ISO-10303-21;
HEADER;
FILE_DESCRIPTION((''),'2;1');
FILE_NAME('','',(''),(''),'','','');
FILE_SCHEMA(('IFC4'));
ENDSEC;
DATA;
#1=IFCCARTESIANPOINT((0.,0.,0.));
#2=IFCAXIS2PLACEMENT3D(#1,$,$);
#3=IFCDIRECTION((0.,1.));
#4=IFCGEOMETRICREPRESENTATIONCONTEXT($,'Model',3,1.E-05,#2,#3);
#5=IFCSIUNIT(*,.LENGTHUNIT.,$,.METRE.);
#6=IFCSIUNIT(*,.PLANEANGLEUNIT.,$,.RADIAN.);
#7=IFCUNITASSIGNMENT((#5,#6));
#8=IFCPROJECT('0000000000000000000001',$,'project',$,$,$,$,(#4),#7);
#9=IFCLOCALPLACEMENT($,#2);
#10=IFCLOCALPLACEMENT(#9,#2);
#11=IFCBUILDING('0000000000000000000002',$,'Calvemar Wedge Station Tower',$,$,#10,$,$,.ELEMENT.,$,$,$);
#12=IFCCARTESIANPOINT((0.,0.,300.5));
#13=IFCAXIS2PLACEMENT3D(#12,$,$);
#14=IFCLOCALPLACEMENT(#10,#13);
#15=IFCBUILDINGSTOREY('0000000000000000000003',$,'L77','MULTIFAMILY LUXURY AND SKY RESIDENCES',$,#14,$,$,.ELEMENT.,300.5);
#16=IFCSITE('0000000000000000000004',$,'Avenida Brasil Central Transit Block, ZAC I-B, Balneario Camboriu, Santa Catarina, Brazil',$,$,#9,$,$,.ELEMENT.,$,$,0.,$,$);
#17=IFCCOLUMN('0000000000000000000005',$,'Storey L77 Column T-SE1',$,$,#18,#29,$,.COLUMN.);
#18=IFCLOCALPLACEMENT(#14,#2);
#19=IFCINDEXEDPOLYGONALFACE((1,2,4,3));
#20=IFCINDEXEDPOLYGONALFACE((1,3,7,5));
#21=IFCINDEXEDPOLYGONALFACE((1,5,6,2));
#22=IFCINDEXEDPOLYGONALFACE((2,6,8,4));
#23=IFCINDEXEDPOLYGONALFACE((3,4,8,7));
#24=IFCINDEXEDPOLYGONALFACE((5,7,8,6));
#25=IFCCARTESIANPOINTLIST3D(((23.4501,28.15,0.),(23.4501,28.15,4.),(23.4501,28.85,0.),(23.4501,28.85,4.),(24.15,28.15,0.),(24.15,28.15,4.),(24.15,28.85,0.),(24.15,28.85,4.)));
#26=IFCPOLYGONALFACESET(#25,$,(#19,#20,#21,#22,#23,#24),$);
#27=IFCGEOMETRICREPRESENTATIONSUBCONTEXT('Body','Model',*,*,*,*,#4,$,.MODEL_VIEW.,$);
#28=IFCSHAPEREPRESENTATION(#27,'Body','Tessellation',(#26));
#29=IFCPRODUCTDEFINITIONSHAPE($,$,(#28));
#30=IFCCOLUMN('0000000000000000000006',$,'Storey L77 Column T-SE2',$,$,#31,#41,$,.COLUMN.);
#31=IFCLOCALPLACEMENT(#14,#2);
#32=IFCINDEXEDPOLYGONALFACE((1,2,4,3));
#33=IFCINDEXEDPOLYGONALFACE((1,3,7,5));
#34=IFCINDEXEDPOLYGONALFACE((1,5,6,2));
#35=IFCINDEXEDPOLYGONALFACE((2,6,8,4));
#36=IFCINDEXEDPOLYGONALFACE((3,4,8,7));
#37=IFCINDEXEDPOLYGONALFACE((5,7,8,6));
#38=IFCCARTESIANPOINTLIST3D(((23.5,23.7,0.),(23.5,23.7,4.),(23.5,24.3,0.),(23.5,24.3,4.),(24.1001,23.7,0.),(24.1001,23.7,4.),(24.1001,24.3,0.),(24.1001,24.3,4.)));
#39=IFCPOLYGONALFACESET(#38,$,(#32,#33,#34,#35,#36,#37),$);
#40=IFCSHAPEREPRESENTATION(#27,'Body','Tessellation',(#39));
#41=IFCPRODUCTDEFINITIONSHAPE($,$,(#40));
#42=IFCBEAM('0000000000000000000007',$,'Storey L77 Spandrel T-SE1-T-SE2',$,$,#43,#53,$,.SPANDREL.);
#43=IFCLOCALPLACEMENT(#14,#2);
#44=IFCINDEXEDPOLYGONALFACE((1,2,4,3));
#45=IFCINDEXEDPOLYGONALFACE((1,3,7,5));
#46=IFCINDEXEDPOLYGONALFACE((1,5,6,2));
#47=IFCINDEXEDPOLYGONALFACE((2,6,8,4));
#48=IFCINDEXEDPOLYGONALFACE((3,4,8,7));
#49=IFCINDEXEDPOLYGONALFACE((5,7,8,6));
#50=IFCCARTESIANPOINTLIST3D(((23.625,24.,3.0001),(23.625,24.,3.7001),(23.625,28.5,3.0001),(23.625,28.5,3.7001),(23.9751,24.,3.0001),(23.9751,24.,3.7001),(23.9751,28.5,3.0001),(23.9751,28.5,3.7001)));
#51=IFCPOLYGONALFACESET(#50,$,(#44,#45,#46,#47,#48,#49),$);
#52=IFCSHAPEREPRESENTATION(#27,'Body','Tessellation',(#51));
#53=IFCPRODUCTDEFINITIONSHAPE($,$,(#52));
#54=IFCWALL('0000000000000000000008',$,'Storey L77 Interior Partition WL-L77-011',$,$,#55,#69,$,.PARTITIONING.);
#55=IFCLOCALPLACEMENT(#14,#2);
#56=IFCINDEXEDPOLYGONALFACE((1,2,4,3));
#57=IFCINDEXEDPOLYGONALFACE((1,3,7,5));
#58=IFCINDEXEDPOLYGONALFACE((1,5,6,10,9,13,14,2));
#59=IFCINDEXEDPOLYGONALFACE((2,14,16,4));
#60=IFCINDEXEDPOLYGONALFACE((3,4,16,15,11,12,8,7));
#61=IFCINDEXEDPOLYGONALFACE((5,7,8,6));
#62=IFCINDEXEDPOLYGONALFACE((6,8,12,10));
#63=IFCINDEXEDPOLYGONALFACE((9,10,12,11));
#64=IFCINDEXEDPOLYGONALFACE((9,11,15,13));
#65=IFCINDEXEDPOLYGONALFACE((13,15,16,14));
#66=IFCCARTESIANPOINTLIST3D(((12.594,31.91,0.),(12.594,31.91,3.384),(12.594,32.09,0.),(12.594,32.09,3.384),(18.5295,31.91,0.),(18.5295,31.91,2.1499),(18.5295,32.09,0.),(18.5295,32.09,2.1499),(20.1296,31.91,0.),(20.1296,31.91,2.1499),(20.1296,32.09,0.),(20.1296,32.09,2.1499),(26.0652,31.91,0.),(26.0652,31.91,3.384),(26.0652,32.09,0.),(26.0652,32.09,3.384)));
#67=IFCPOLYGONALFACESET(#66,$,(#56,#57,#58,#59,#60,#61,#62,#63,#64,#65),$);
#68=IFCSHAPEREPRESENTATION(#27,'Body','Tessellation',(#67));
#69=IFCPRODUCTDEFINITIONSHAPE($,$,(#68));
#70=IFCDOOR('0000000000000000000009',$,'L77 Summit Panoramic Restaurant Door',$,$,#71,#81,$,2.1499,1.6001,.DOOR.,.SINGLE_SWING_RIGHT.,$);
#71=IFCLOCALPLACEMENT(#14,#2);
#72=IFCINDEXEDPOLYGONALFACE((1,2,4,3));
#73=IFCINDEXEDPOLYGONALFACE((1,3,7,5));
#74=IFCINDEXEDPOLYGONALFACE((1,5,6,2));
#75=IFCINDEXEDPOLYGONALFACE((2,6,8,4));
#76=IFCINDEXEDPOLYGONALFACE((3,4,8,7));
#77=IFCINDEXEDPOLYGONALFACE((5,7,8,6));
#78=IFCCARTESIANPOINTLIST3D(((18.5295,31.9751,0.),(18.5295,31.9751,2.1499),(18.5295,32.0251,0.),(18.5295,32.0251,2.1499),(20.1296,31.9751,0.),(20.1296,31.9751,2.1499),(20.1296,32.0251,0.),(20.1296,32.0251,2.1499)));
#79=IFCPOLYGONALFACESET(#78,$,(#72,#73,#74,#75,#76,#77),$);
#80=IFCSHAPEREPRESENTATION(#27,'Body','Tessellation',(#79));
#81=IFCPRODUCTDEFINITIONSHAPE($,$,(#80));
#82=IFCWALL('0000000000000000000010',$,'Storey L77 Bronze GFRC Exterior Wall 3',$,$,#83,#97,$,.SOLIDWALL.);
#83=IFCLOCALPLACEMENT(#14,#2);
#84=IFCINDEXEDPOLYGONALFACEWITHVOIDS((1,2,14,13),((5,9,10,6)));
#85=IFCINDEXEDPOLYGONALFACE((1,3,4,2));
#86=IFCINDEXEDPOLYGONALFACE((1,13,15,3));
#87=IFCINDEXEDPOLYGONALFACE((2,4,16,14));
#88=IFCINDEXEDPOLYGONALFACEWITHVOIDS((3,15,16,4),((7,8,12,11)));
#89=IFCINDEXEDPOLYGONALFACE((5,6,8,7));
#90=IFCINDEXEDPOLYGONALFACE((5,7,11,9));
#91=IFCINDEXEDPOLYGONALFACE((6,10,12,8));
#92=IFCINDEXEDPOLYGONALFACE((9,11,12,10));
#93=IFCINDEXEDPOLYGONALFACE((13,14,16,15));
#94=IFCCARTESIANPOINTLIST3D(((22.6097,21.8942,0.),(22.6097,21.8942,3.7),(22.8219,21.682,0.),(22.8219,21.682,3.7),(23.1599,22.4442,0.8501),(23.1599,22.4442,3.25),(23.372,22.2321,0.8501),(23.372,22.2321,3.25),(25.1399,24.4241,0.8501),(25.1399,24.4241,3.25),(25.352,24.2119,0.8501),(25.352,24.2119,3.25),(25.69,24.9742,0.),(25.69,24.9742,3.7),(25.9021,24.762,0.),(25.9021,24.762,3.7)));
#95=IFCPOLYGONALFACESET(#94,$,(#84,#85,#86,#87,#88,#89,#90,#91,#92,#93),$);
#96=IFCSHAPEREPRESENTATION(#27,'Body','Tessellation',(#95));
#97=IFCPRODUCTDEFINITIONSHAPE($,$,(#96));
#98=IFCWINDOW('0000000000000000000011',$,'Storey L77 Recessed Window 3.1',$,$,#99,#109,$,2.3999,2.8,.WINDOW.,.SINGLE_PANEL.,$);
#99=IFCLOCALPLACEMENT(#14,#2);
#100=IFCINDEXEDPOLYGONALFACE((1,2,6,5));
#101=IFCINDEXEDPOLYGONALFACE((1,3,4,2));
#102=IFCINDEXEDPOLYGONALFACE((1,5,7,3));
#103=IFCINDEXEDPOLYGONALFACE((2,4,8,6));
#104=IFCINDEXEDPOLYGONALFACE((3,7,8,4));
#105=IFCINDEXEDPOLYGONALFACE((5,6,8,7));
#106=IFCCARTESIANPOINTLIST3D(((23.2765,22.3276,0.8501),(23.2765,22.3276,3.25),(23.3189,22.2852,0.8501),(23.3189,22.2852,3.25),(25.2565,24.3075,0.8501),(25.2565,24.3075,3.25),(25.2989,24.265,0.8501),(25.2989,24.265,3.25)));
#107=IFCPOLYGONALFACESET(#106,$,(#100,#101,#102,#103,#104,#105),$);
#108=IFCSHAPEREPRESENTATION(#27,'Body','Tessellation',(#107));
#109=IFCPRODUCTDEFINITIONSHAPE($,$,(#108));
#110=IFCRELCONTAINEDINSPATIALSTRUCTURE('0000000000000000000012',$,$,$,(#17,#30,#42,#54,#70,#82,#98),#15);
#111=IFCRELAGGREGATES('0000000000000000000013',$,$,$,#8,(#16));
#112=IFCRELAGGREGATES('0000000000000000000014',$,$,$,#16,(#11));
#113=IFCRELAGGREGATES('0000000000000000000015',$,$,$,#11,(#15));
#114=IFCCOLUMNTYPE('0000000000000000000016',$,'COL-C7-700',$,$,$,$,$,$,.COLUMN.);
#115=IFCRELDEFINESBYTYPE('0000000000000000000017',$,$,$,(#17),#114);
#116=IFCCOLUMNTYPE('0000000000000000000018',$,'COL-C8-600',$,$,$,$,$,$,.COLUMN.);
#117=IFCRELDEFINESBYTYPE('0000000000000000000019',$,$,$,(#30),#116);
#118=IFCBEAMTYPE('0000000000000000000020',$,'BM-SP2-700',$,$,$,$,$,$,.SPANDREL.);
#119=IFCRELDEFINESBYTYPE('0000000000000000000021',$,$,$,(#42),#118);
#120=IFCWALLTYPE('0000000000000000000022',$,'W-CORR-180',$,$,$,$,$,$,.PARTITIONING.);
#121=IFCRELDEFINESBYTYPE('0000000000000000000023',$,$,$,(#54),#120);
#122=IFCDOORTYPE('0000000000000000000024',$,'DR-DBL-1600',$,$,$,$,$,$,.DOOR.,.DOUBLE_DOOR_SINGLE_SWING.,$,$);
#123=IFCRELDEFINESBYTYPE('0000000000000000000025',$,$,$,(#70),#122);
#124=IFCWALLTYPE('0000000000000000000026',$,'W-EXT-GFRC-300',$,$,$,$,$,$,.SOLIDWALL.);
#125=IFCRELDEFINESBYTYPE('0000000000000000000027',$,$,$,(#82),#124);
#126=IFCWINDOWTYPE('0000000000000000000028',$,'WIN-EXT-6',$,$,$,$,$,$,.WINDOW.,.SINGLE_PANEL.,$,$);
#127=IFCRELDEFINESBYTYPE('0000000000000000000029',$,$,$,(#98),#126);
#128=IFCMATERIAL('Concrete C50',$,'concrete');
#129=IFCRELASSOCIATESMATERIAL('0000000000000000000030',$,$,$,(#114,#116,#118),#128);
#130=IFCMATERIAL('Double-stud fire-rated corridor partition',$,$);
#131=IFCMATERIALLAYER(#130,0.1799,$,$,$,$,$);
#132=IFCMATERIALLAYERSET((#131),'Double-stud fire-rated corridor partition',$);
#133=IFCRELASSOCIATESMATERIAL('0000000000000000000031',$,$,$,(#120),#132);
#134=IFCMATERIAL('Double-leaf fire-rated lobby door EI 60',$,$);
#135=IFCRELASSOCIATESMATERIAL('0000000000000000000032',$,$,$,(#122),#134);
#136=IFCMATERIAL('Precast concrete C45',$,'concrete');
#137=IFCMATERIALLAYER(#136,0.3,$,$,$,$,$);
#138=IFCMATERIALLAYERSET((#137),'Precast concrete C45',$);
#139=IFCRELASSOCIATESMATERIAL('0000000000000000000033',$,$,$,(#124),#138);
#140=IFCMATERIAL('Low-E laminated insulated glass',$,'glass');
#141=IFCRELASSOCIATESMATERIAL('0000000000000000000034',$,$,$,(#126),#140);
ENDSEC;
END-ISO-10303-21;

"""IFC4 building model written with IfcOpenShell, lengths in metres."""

from ifc_helpers import new_model, si_unit, direction, frame, frame_2d, origin, origin_2d, place, context, subcontext, project, spatial, rectangle, extrude, source, transform, mapped, material, layer, layer_set, material_profile, profile_set, type_object, element, fill, save


model = new_model("IFC4")

# Units and contexts
model_context = context("Model", 3, precision=1e-05, world=origin(), true_north=direction((0.0, 1.0)))
body_context = subcontext(model_context, "Body", "Model", "MODEL_VIEW")
ifc_project = project(units=[si_unit("LENGTHUNIT", "METRE"), si_unit("PLANEANGLEUNIT", "RADIAN")], contexts=[model_context])

# Site, building, storey
site_placement = place(None, origin())
site = spatial("IfcSite", under=ifc_project, at=site_placement, Name="Avenida Brasil Central Transit Block, ZAC I-B, Balneario Camboriu, Santa Catarina, Brazil", CompositionType="ELEMENT", RefElevation=0.0)
building_placement = place(site_placement, origin())
building = spatial("IfcBuilding", under=site, at=building_placement, Name="Calvemar Wedge Station Tower", CompositionType="ELEMENT")
storey_placement = place(building_placement, frame((0.0, 0.0, 300.5)))
storey = spatial("IfcBuildingStorey", under=building, at=storey_placement, Name="L77", Description="MULTIFAMILY LUXURY AND SKY RESIDENCES", CompositionType="ELEMENT", Elevation=300.5)

# Columns
ifc_material_1 = material(Name="Concrete C50", Category="concrete")
ifc_material_profile_1 = material_profile(ifc_material_1, rectangle(XDim=0.7, YDim=0.7, at=origin_2d()), Name="RC700x700")
ifc_profile_set_1 = profile_set([ifc_material_profile_1], Name="Concrete C50")
column_type_1 = type_object("IfcColumnType", Name="COL-C7-700", PredefinedType="COLUMN", material=ifc_profile_set_1)
shared_shape_1 = source(origin(), body_context, "Body", "SweptSolid", [
    extrude(rectangle(XDim=0.7, YDim=0.7, at=origin_2d()), origin(), (0.0, 0.0, 1.0), 4.0),
])
column_1_placement = place(storey_placement, frame((23.8, 28.5, 0.0), z_axis=(0.0, 0.0, 1.0), x_axis=(1.0, 0.0, 0.0)))
element("IfcColumn", 1, at=column_1_placement, inside=storey, type_object=column_type_1, Name="Storey L77 Column T-SE1", PredefinedType="COLUMN", context=body_context, shape_type="MappedRepresentation", body=[
    mapped(shared_shape_1, transform((0.0, 0.0, 0.0), scale=1.0)),
])
ifc_material_profile_2 = material_profile(ifc_material_1, rectangle(XDim=0.6001, YDim=0.6001, at=origin_2d()), Name="RC600x600")
ifc_profile_set_2 = profile_set([ifc_material_profile_2], Name="Concrete C50")
column_type_2 = type_object("IfcColumnType", Name="COL-C8-600", PredefinedType="COLUMN", material=ifc_profile_set_2)
shared_shape_2 = source(origin(), body_context, "Body", "SweptSolid", [
    extrude(rectangle(XDim=0.6001, YDim=0.6001, at=origin_2d()), origin(), (0.0, 0.0, 1.0), 4.0),
])
column_2_placement = place(storey_placement, frame((23.8, 24.0, 0.0), z_axis=(0.0, 0.0, 1.0), x_axis=(1.0, 0.0, 0.0)))
element("IfcColumn", 2, at=column_2_placement, inside=storey, type_object=column_type_2, Name="Storey L77 Column T-SE2", PredefinedType="COLUMN", context=body_context, shape_type="MappedRepresentation", body=[
    mapped(shared_shape_2, transform((0.0, 0.0, 0.0), scale=1.0)),
])

# Beam
ifc_material_profile_3 = material_profile(ifc_material_1, rectangle(XDim=0.3501, YDim=0.7, at=origin_2d()), Name="RC350x700")
ifc_profile_set_3 = profile_set([ifc_material_profile_3], Name="Concrete C50")
beam_type = type_object("IfcBeamType", Name="BM-SP2-700", PredefinedType="SPANDREL", material=ifc_profile_set_3)
shared_shape_3 = source(origin(), body_context, "Body", "SweptSolid", [
    extrude(rectangle(XDim=0.3501, YDim=0.7, at=origin_2d()), origin(), (0.0, 0.0, 1.0), 4.5),
])
beam_placement = place(storey_placement, frame((23.8, 28.5, 3.3501), z_axis=(0.0, -1.0, 0.0), x_axis=(1.0, 0.0, 0.0)))
element("IfcBeam", 3, at=beam_placement, inside=storey, type_object=beam_type, Name="Storey L77 Spandrel T-SE1-T-SE2", PredefinedType="SPANDREL", context=body_context, shape_type="MappedRepresentation", body=[
    mapped(shared_shape_3, transform((0.0, 0.0, 0.0), scale=1.0)),
])

# Wall, opening, door
ifc_material_2 = material(Name="Double-stud fire-rated corridor partition")
ifc_layer_1 = layer(ifc_material_2, 0.1799)
ifc_layer_set_1 = layer_set([ifc_layer_1], Name="Double-stud fire-rated corridor partition")
wall_type_1 = type_object("IfcWallType", Name="W-CORR-180", PredefinedType="PARTITIONING", material=ifc_layer_set_1)
wall_1_placement = place(storey_placement, frame((26.0652, 32.0, 0.0), z_axis=(0.0, 0.0, 1.0), x_axis=(-1.0, 0.0, 0.0)))
wall_1 = element("IfcWall", 4, at=wall_1_placement, inside=storey, type_object=wall_type_1, Name="Storey L77 Interior Partition WL-L77-011", PredefinedType="PARTITIONING", context=body_context, shape_type="SweptSolid", body=[
    extrude(rectangle(XDim=13.4712, YDim=0.1799, at=frame_2d((6.7356, 0.0))), origin(), (0.0, 0.0, 1.0), 3.384),
])
shared_shape_4 = source(origin(), body_context, "Body", "SweptSolid", [
    extrude(rectangle(XDim=1.6001, YDim=2.1499, at=frame_2d((0.8, 1.075))), frame((0.0, 0.1001, 0.0), z_axis=(0.0, -1.0, 0.0), x_axis=(1.0, 0.0, 0.0)), (0.0, 0.0, 1.0), 0.2),
])
opening_1_placement = place(wall_1_placement, frame((5.9355, 0.0, 0.0)))
opening_1 = element("IfcOpeningElement", 5, at=opening_1_placement, cuts=wall_1, PredefinedType="OPENING", context=body_context, shape_type="MappedRepresentation", body=[
    mapped(shared_shape_4, transform((0.0, 0.0, 0.0), scale=1.0)),
])
ifc_material_3 = material(Name="Double-leaf fire-rated lobby door EI 60")
door_type_1 = type_object("IfcDoorType", Name="DR-DBL-1600", OperationType="DOUBLE_DOOR_SINGLE_SWING", PredefinedType="DOOR", material=ifc_material_3)
shared_shape_5 = source(origin(), body_context, "Body", "SweptSolid", [
    extrude(rectangle(XDim=1.6001, YDim=2.1499, at=frame_2d((0.8, 1.075))), frame((0.0, 0.0249, 0.0), z_axis=(0.0, -1.0, 0.0), x_axis=(1.0, 0.0, 0.0)), (0.0, 0.0, 1.0), 0.05),
])
door_1_placement = place(opening_1_placement, origin())
door_1 = element("IfcDoor", 6, at=door_1_placement, inside=storey, type_object=door_type_1, Name="L77 Summit Panoramic Restaurant Door", OperationType="SINGLE_SWING_RIGHT", OverallHeight=2.1499, OverallWidth=1.6001, PredefinedType="DOOR", context=body_context, shape_type="MappedRepresentation", body=[
    mapped(shared_shape_5, transform((0.0, 0.0, 0.0), scale=1.0)),
])
fill(opening_1, door_1)

# Wall, opening, window
ifc_material_4 = material(Name="Precast concrete C45", Category="concrete")
ifc_layer_2 = layer(ifc_material_4, 0.3)
ifc_layer_set_2 = layer_set([ifc_layer_2], Name="Precast concrete C45")
wall_type_2 = type_object("IfcWallType", Name="W-EXT-GFRC-300", PredefinedType="SOLIDWALL", material=ifc_layer_set_2)
wall_2_placement = place(storey_placement, frame((22.7158, 21.7881, 0.0), z_axis=(0.0, 0.0, 1.0), x_axis=(0.707135, 0.707079, 0.0)))
wall_2 = element("IfcWall", 7, at=wall_2_placement, inside=storey, type_object=wall_type_2, Name="Storey L77 Bronze GFRC Exterior Wall 3", PredefinedType="SOLIDWALL", context=body_context, shape_type="SweptSolid", body=[
    extrude(rectangle(XDim=4.356, YDim=0.3, at=frame_2d((2.178, 0.0))), origin(), (0.0, 0.0, 1.0), 3.7),
])
shared_shape_6 = source(origin(), body_context, "Body", "SweptSolid", [
    extrude(rectangle(XDim=2.8, YDim=2.3999, at=frame_2d((1.3999, 1.2))), frame((0.0, 0.1602, 0.0), z_axis=(0.0, -1.0, 0.0), x_axis=(1.0, 0.0, 0.0)), (0.0, 0.0, 1.0), 0.3201),
])
opening_2_placement = place(wall_2_placement, frame((0.7781, 0.0, 0.8501)))
opening_2 = element("IfcOpeningElement", 8, at=opening_2_placement, cuts=wall_2, PredefinedType="OPENING", context=body_context, shape_type="MappedRepresentation", body=[
    mapped(shared_shape_6, transform((0.0, 0.0, 0.0), scale=1.0)),
])
ifc_material_5 = material(Name="Low-E laminated insulated glass", Category="glass")
window_type_1 = type_object("IfcWindowType", Name="WIN-EXT-6", PartitioningType="SINGLE_PANEL", PredefinedType="WINDOW", material=ifc_material_5)
shared_shape_7 = source(origin(), body_context, "Body", "SweptSolid", [
    extrude(rectangle(XDim=2.8, YDim=2.3999, at=frame_2d((1.3999, 1.2))), frame((0.0, -0.0149, 0.0), z_axis=(0.0, -1.0, 0.0), x_axis=(1.0, 0.0, 0.0)), (0.0, 0.0, 1.0), 0.0601),
])
window_1_placement = place(opening_2_placement, origin())
window_1 = element("IfcWindow", 9, at=window_1_placement, inside=storey, type_object=window_type_1, Name="Storey L77 Recessed Window 3.1", OverallHeight=2.3999, OverallWidth=2.8, PartitioningType="SINGLE_PANEL", PredefinedType="WINDOW", context=body_context, shape_type="MappedRepresentation", body=[
    mapped(shared_shape_7, transform((0.0, 0.0, 0.0), scale=1.0)),
])
fill(opening_2, window_1)

save(model, "model.ifc")
